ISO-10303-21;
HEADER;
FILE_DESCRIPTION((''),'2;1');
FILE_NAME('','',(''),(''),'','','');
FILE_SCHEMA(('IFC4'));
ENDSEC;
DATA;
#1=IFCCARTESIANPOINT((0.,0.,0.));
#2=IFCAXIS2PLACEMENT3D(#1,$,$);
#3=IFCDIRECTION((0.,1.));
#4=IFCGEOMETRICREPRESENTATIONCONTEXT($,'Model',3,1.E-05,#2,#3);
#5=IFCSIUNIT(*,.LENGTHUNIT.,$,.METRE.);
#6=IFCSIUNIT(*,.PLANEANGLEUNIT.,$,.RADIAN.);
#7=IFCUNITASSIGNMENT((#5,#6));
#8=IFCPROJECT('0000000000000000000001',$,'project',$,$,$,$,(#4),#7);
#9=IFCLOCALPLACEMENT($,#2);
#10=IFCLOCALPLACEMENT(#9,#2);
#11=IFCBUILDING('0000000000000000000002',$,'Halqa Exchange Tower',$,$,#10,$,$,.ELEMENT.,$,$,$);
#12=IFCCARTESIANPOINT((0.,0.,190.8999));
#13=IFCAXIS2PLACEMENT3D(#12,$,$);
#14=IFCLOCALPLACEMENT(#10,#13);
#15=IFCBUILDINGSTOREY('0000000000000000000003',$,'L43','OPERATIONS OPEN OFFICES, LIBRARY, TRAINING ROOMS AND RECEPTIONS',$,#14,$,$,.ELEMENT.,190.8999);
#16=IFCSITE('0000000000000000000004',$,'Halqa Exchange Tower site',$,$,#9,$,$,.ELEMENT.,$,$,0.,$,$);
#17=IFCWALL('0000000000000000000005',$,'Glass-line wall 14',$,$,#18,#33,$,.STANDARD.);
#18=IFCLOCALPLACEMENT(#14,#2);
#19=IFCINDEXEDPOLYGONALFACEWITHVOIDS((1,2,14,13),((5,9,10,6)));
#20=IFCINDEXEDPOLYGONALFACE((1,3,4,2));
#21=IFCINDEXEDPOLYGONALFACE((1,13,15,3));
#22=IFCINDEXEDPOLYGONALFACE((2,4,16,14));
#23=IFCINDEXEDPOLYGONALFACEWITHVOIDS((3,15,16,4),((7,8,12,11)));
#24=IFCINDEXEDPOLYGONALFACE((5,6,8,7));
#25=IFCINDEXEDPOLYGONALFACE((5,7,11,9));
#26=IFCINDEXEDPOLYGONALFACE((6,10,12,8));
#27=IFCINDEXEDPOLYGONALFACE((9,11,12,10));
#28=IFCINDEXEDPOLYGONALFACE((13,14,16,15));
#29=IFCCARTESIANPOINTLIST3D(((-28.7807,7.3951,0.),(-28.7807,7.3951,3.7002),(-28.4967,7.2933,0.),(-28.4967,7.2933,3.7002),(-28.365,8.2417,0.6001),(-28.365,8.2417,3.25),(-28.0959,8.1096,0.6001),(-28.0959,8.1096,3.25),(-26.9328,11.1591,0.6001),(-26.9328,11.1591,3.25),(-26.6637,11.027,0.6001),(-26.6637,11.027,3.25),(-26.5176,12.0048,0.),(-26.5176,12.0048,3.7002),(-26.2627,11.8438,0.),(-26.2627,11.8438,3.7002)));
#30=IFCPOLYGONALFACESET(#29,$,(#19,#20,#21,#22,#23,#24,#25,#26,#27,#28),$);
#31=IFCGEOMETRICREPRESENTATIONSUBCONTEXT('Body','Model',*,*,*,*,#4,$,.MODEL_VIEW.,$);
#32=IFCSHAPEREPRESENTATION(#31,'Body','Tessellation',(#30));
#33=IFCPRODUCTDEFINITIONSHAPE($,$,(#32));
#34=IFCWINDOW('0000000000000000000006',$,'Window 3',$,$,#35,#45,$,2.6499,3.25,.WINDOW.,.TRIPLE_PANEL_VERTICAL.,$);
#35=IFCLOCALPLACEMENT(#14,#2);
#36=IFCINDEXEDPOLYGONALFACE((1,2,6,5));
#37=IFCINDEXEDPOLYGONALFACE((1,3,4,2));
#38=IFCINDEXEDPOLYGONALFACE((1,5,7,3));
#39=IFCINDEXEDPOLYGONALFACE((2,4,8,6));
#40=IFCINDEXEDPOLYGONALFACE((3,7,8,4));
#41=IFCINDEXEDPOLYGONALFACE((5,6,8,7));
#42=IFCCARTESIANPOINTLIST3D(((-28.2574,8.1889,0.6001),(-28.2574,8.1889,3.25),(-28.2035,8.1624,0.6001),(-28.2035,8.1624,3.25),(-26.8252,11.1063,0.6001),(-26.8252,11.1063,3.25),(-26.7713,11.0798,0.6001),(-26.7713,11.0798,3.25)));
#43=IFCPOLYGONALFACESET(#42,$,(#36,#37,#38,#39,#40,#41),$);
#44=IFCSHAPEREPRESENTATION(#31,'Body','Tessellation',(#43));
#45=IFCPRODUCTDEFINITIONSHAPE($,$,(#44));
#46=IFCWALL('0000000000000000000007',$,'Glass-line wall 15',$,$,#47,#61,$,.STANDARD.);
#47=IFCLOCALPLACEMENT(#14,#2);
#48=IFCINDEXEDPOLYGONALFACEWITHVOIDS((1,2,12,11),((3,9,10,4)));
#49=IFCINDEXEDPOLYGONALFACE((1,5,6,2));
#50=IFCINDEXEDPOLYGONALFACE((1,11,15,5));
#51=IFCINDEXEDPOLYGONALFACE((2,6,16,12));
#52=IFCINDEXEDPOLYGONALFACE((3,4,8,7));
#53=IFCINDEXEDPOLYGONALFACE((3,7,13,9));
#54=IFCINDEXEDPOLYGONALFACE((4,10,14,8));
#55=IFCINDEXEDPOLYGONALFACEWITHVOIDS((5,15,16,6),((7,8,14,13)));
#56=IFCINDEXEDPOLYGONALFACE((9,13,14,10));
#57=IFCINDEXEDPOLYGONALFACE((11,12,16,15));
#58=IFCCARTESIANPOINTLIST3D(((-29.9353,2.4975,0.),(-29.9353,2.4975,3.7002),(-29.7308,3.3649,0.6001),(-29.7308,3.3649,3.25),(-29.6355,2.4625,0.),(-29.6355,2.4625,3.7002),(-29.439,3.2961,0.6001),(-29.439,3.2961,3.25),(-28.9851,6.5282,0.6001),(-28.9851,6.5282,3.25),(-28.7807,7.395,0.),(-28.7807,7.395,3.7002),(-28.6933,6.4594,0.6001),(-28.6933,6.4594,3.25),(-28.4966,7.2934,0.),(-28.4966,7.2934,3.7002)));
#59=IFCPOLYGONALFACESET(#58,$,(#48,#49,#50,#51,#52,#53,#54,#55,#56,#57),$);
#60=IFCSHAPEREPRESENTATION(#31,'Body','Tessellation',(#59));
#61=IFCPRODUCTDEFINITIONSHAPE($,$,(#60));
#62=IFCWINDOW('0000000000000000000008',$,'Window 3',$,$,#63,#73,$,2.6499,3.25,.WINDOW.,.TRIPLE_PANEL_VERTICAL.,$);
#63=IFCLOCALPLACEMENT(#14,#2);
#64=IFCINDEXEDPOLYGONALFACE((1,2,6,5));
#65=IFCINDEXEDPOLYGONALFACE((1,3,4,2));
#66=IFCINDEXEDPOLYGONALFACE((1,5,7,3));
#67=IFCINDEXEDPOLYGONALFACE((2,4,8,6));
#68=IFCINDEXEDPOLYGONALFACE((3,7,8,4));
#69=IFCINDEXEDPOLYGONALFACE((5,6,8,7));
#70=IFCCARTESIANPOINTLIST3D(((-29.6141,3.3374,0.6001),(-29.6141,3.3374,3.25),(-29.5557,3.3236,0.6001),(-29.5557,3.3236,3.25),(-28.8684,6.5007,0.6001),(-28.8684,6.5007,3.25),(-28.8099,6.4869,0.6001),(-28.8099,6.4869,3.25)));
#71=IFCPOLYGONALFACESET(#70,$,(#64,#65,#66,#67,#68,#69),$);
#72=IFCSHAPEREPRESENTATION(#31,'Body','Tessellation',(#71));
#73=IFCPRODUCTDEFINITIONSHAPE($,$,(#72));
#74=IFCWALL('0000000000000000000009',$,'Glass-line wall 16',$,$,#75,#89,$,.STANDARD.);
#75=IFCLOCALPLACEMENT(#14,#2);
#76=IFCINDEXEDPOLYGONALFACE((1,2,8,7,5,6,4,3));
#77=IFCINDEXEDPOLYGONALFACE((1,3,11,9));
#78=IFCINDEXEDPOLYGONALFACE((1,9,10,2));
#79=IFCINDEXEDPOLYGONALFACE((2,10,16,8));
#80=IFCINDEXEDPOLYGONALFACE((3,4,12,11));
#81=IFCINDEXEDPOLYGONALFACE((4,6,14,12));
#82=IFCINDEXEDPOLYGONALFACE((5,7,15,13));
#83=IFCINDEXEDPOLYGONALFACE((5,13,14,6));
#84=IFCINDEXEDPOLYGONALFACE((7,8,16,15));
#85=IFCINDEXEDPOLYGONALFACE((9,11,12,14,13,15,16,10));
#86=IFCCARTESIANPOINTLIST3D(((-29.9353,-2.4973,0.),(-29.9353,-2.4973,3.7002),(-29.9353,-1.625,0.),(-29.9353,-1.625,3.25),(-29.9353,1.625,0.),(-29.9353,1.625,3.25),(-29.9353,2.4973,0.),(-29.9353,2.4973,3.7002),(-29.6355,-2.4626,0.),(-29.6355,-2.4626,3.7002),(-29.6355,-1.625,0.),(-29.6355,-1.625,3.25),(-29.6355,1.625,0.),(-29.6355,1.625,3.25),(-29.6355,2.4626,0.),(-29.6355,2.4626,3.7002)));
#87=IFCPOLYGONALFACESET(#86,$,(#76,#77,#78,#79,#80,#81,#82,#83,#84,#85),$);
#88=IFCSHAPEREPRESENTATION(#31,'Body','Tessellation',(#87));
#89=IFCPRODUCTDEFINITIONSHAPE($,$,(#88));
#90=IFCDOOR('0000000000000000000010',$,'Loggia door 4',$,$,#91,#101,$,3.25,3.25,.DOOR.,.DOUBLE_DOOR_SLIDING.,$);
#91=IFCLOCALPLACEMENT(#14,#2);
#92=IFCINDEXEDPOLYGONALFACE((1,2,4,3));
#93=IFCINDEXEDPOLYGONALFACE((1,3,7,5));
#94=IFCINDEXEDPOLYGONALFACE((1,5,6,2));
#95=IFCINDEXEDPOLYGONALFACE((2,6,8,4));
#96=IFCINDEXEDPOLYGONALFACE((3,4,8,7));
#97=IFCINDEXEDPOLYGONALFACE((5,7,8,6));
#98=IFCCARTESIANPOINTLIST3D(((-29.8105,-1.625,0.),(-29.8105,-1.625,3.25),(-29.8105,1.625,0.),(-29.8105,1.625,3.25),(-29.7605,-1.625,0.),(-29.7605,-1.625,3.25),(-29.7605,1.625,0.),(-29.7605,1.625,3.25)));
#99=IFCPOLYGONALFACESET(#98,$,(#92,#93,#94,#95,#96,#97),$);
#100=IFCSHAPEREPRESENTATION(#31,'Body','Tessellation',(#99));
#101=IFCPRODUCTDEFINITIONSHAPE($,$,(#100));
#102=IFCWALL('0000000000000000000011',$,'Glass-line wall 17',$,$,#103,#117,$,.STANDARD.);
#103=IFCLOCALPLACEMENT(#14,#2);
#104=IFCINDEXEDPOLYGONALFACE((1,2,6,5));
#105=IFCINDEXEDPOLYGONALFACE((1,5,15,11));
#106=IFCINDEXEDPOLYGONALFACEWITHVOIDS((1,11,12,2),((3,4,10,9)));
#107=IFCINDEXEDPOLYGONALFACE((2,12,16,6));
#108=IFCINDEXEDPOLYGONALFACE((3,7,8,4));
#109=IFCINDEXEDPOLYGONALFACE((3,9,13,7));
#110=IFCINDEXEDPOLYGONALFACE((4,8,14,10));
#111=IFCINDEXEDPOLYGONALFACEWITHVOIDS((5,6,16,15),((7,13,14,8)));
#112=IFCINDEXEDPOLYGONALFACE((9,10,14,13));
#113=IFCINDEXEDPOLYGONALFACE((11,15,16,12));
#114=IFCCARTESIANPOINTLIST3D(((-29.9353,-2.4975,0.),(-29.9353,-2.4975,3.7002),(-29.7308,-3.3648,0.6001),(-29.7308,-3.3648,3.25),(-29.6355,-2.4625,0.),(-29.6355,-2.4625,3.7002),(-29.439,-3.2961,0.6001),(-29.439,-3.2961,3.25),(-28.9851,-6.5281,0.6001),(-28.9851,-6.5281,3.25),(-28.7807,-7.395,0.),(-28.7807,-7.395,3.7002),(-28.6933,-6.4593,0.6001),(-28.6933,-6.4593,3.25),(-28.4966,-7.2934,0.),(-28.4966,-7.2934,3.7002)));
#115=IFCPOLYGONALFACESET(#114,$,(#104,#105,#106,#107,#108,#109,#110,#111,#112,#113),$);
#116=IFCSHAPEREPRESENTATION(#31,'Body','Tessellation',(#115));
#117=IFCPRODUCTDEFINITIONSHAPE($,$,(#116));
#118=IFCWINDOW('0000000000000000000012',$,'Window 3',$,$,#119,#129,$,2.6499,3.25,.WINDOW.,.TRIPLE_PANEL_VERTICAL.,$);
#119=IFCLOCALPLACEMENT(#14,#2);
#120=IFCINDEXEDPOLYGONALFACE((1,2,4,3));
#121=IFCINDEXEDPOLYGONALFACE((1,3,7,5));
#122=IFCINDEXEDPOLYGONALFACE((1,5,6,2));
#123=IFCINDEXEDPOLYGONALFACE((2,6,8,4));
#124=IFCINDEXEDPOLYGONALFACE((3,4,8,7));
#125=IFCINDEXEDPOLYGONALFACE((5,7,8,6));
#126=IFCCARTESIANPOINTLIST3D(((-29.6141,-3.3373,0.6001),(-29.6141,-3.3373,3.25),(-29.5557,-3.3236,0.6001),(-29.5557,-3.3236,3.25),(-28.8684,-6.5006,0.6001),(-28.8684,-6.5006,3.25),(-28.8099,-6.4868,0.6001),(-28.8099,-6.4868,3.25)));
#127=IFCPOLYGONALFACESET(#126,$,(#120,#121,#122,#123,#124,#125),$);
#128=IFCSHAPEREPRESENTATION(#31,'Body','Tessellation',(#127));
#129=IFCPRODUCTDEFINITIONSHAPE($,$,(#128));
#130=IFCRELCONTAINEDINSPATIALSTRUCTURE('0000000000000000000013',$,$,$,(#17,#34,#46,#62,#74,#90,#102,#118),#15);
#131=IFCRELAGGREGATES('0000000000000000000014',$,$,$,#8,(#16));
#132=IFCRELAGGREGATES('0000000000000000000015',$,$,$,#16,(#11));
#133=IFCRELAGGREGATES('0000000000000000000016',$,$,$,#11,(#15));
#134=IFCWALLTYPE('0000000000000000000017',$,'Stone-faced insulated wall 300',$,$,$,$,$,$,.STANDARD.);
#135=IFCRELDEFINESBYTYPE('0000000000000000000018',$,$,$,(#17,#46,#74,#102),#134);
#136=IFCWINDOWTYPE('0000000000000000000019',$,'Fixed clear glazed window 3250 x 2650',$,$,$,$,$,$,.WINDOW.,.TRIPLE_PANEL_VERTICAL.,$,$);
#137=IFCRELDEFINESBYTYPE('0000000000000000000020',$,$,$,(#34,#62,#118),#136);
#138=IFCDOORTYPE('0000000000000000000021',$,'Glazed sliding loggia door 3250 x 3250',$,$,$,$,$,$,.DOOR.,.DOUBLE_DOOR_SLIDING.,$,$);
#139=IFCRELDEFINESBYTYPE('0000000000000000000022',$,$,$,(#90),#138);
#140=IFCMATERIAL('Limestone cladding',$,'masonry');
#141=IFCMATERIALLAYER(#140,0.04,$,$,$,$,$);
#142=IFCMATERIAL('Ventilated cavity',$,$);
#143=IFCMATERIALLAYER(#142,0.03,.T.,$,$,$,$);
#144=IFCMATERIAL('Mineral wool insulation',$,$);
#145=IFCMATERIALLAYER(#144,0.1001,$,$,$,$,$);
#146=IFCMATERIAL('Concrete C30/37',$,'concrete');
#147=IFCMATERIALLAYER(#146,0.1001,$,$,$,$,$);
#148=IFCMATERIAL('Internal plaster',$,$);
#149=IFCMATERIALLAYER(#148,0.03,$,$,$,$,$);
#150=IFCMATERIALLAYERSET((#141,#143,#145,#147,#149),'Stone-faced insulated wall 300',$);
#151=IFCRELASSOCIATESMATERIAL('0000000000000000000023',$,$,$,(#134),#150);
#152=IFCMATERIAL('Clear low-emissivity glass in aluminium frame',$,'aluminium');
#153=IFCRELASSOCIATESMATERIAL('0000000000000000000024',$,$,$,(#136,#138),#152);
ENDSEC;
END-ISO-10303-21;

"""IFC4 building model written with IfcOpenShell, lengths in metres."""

from ifc_helpers import new_model, si_unit, direction, frame, frame_2d, origin, place, context, subcontext, project, spatial, polyline, rectangle, outline, extrude, material, layer, layer_set, type_object, element, fill, save


model = new_model("IFC4")

# Units and contexts
model_context = context("Model", 3, precision=1e-05, world=origin(), true_north=direction((0.0, 1.0)))
body_context = subcontext(model_context, "Body", "Model", "MODEL_VIEW")
ifc_project = project(units=[si_unit("LENGTHUNIT", "METRE"), si_unit("PLANEANGLEUNIT", "RADIAN")], contexts=[model_context])

# Site, building, storey
site_placement = place(None, origin())
site = spatial("IfcSite", under=ifc_project, at=site_placement, Name="Halqa Exchange Tower site", CompositionType="ELEMENT", RefElevation=0.0)
building_placement = place(site_placement, origin())
building = spatial("IfcBuilding", under=site, at=building_placement, Name="Halqa Exchange Tower", CompositionType="ELEMENT")
storey_placement = place(building_placement, frame((0.0, 0.0, 190.8999)))
storey = spatial("IfcBuildingStorey", under=building, at=storey_placement, Name="L43", Description="OPERATIONS OPEN OFFICES, LIBRARY, TRAINING ROOMS AND RECEPTIONS", CompositionType="ELEMENT", Elevation=190.8999)

# Walls, openings, windows
ifc_material_1 = material(Name="Limestone cladding", Category="masonry")
ifc_layer_1 = layer(ifc_material_1, 0.04)
ifc_material_2 = material(Name="Ventilated cavity")
ifc_layer_2 = layer(ifc_material_2, 0.03, ventilated=True)
ifc_material_3 = material(Name="Mineral wool insulation")
ifc_layer_3 = layer(ifc_material_3, 0.1001)
ifc_material_4 = material(Name="Concrete C30/37", Category="concrete")
ifc_layer_4 = layer(ifc_material_4, 0.1001)
ifc_material_5 = material(Name="Internal plaster")
ifc_layer_5 = layer(ifc_material_5, 0.03)
ifc_layer_set_1 = layer_set([ifc_layer_1, ifc_layer_2, ifc_layer_3, ifc_layer_4, ifc_layer_5], Name="Stone-faced insulated wall 300")
wall_type_1 = type_object("IfcWallType", Name="Stone-faced insulated wall 300", PredefinedType="STANDARD", material=ifc_layer_set_1)
wall_1_placement = place(storey_placement, frame((-26.3901, 11.9243, 0.0), z_axis=(0.0, 0.0, 1.0), x_axis=(-0.440694, -0.897657, 0.0)))
wall_1 = element("IfcWall", 1, at=wall_1_placement, inside=storey, type_object=wall_type_1, Name="Glass-line wall 14", PredefinedType="STANDARD", context=body_context, shape_type="SweptSolid", body=[
    extrude(outline(polyline([(-0.0161, -0.1499), (5.1191, -0.1499), (5.0854, 0.1499), (0.0161, 0.1499), (-0.0161, -0.1499)])), origin(), (0.0, 0.0, 1.0), 3.7002),
])
opening_1_placement = place(wall_1_placement, frame((0.926, 0.0, 0.6001)))
opening_1 = element("IfcOpeningElement", 2, at=opening_1_placement, cuts=wall_1, PredefinedType="OPENING", context=body_context, shape_type="SweptSolid", body=[
    extrude(rectangle(XDim=3.25, YDim=2.6499, at=frame_2d((1.625, 1.325))), frame((0.0, 0.1621, 0.0), z_axis=(0.0, -1.0, 0.0), x_axis=(1.0, 0.0, 0.0)), (0.0, 0.0, 1.0), 0.324),
])
ifc_material_6 = material(Name="Clear low-emissivity glass in aluminium frame", Category="aluminium")
window_type = type_object("IfcWindowType", Name="Fixed clear glazed window 3250 x 2650", PartitioningType="TRIPLE_PANEL_VERTICAL", PredefinedType="WINDOW", material=ifc_material_6)
window_1_placement = place(opening_1_placement, origin())
window_1 = element("IfcWindow", 3, at=window_1_placement, inside=storey, type_object=window_type, Name="Window 3", OverallHeight=2.6499, OverallWidth=3.25, PartitioningType="TRIPLE_PANEL_VERTICAL", PredefinedType="WINDOW", context=body_context, shape_type="SweptSolid", body=[
    extrude(rectangle(XDim=3.25, YDim=2.6499, at=frame_2d((1.625, 1.325))), frame((0.0, 0.03, 0.0), z_axis=(0.0, -1.0, 0.0), x_axis=(1.0, 0.0, 0.0)), (0.0, 0.0, 1.0), 0.0601),
])
fill(opening_1, window_1)
wall_2_placement = place(storey_placement, frame((-28.6387, 7.3442, 0.0), z_axis=(0.0, 0.0, 1.0), x_axis=(-0.229456, -0.973319, 0.0)))
wall_2 = element("IfcWall", 4, at=wall_2_placement, inside=storey, type_object=wall_type_1, Name="Glass-line wall 15", PredefinedType="STANDARD", context=body_context, shape_type="SweptSolid", body=[
    extrude(outline(polyline([(-0.0168, -0.1499), (5.0149, -0.1499), (4.9802, 0.1499), (0.0168, 0.1499), (-0.0168, -0.1499)])), origin(), (0.0, 0.0, 1.0), 3.7002),
])
opening_2_placement = place(wall_2_placement, frame((0.8738, 0.0, 0.6001)))
opening_2 = element("IfcOpeningElement", 5, at=opening_2_placement, cuts=wall_2, PredefinedType="OPENING", context=body_context, shape_type="SweptSolid", body=[
    extrude(rectangle(XDim=3.25, YDim=2.6499, at=frame_2d((1.625, 1.325))), frame((0.0, 0.1621, 0.0), z_axis=(0.0, -1.0, 0.0), x_axis=(1.0, 0.0, 0.0)), (0.0, 0.0, 1.0), 0.324),
])
window_2_placement = place(opening_2_placement, origin())
window_2 = element("IfcWindow", 6, at=window_2_placement, inside=storey, type_object=window_type, Name="Window 3", OverallHeight=2.6499, OverallWidth=3.25, PartitioningType="TRIPLE_PANEL_VERTICAL", PredefinedType="WINDOW", context=body_context, shape_type="SweptSolid", body=[
    extrude(rectangle(XDim=3.25, YDim=2.6499, at=frame_2d((1.625, 1.325))), frame((0.0, 0.03, 0.0), z_axis=(0.0, -1.0, 0.0), x_axis=(1.0, 0.0, 0.0)), (0.0, 0.0, 1.0), 0.0601),
])
fill(opening_2, window_2)

# Wall, opening, door
wall_3_placement = place(storey_placement, frame((-29.7854, 2.48, 0.0), z_axis=(0.0, 0.0, 1.0), x_axis=(0.0, -1.0, 0.0)))
wall_3 = element("IfcWall", 7, at=wall_3_placement, inside=storey, type_object=wall_type_1, Name="Glass-line wall 16", PredefinedType="STANDARD", context=body_context, shape_type="SweptSolid", body=[
    extrude(outline(polyline([(-0.0173, -0.1499), (4.9773, -0.1499), (4.9426, 0.1499), (0.0173, 0.1499), (-0.0173, -0.1499)])), origin(), (0.0, 0.0, 1.0), 3.7002),
])
opening_3_placement = place(wall_3_placement, frame((0.855, 0.0, 0.0)))
opening_3 = element("IfcOpeningElement", 8, at=opening_3_placement, cuts=wall_3, PredefinedType="OPENING", context=body_context, shape_type="SweptSolid", body=[
    extrude(rectangle(XDim=3.25, YDim=3.25, at=frame_2d((1.625, 1.625))), frame((0.0, 0.1621, 0.0), z_axis=(0.0, -1.0, 0.0), x_axis=(1.0, 0.0, 0.0)), (0.0, 0.0, 1.0), 0.324),
])
door_type_1 = type_object("IfcDoorType", Name="Glazed sliding loggia door 3250 x 3250", OperationType="DOUBLE_DOOR_SLIDING", PredefinedType="DOOR", material=ifc_material_6)
door_1_placement = place(opening_3_placement, origin())
door_1 = element("IfcDoor", 9, at=door_1_placement, inside=storey, type_object=door_type_1, Name="Loggia door 4", OperationType="DOUBLE_DOOR_SLIDING", OverallHeight=3.25, OverallWidth=3.25, PredefinedType="DOOR", context=body_context, shape_type="SweptSolid", body=[
    extrude(rectangle(XDim=3.25, YDim=3.25, at=frame_2d((1.625, 1.625))), frame((0.0, 0.0249, 0.0), z_axis=(0.0, -1.0, 0.0), x_axis=(1.0, 0.0, 0.0)), (0.0, 0.0, 1.0), 0.05),
])
fill(opening_3, door_1)

# Wall, opening, window
wall_4_placement = place(storey_placement, frame((-29.7854, -2.48, 0.0), z_axis=(0.0, 0.0, 1.0), x_axis=(0.229456, -0.973319, 0.0)))
wall_4 = element("IfcWall", 10, at=wall_4_placement, inside=storey, type_object=wall_type_1, Name="Glass-line wall 17", PredefinedType="STANDARD", context=body_context, shape_type="SweptSolid", body=[
    extrude(outline(polyline([(-0.0173, -0.1499), (5.0144, -0.1499), (4.9807, 0.1499), (0.0173, 0.1499), (-0.0173, -0.1499)])), origin(), (0.0, 0.0, 1.0), 3.7002),
])
opening_4_placement = place(wall_4_placement, frame((0.8738, 0.0, 0.6001)))
opening_4 = element("IfcOpeningElement", 11, at=opening_4_placement, cuts=wall_4, PredefinedType="OPENING", context=body_context, shape_type="SweptSolid", body=[
    extrude(rectangle(XDim=3.25, YDim=2.6499, at=frame_2d((1.625, 1.325))), frame((0.0, 0.1621, 0.0), z_axis=(0.0, -1.0, 0.0), x_axis=(1.0, 0.0, 0.0)), (0.0, 0.0, 1.0), 0.324),
])
window_3_placement = place(opening_4_placement, origin())
window_3 = element("IfcWindow", 12, at=window_3_placement, inside=storey, type_object=window_type, Name="Window 3", OverallHeight=2.6499, OverallWidth=3.25, PartitioningType="TRIPLE_PANEL_VERTICAL", PredefinedType="WINDOW", context=body_context, shape_type="SweptSolid", body=[
    extrude(rectangle(XDim=3.25, YDim=2.6499, at=frame_2d((1.625, 1.325))), frame((0.0, 0.03, 0.0), z_axis=(0.0, -1.0, 0.0), x_axis=(1.0, 0.0, 0.0)), (0.0, 0.0, 1.0), 0.0601),
])
fill(opening_4, window_3)

save(model, "model.ifc")
